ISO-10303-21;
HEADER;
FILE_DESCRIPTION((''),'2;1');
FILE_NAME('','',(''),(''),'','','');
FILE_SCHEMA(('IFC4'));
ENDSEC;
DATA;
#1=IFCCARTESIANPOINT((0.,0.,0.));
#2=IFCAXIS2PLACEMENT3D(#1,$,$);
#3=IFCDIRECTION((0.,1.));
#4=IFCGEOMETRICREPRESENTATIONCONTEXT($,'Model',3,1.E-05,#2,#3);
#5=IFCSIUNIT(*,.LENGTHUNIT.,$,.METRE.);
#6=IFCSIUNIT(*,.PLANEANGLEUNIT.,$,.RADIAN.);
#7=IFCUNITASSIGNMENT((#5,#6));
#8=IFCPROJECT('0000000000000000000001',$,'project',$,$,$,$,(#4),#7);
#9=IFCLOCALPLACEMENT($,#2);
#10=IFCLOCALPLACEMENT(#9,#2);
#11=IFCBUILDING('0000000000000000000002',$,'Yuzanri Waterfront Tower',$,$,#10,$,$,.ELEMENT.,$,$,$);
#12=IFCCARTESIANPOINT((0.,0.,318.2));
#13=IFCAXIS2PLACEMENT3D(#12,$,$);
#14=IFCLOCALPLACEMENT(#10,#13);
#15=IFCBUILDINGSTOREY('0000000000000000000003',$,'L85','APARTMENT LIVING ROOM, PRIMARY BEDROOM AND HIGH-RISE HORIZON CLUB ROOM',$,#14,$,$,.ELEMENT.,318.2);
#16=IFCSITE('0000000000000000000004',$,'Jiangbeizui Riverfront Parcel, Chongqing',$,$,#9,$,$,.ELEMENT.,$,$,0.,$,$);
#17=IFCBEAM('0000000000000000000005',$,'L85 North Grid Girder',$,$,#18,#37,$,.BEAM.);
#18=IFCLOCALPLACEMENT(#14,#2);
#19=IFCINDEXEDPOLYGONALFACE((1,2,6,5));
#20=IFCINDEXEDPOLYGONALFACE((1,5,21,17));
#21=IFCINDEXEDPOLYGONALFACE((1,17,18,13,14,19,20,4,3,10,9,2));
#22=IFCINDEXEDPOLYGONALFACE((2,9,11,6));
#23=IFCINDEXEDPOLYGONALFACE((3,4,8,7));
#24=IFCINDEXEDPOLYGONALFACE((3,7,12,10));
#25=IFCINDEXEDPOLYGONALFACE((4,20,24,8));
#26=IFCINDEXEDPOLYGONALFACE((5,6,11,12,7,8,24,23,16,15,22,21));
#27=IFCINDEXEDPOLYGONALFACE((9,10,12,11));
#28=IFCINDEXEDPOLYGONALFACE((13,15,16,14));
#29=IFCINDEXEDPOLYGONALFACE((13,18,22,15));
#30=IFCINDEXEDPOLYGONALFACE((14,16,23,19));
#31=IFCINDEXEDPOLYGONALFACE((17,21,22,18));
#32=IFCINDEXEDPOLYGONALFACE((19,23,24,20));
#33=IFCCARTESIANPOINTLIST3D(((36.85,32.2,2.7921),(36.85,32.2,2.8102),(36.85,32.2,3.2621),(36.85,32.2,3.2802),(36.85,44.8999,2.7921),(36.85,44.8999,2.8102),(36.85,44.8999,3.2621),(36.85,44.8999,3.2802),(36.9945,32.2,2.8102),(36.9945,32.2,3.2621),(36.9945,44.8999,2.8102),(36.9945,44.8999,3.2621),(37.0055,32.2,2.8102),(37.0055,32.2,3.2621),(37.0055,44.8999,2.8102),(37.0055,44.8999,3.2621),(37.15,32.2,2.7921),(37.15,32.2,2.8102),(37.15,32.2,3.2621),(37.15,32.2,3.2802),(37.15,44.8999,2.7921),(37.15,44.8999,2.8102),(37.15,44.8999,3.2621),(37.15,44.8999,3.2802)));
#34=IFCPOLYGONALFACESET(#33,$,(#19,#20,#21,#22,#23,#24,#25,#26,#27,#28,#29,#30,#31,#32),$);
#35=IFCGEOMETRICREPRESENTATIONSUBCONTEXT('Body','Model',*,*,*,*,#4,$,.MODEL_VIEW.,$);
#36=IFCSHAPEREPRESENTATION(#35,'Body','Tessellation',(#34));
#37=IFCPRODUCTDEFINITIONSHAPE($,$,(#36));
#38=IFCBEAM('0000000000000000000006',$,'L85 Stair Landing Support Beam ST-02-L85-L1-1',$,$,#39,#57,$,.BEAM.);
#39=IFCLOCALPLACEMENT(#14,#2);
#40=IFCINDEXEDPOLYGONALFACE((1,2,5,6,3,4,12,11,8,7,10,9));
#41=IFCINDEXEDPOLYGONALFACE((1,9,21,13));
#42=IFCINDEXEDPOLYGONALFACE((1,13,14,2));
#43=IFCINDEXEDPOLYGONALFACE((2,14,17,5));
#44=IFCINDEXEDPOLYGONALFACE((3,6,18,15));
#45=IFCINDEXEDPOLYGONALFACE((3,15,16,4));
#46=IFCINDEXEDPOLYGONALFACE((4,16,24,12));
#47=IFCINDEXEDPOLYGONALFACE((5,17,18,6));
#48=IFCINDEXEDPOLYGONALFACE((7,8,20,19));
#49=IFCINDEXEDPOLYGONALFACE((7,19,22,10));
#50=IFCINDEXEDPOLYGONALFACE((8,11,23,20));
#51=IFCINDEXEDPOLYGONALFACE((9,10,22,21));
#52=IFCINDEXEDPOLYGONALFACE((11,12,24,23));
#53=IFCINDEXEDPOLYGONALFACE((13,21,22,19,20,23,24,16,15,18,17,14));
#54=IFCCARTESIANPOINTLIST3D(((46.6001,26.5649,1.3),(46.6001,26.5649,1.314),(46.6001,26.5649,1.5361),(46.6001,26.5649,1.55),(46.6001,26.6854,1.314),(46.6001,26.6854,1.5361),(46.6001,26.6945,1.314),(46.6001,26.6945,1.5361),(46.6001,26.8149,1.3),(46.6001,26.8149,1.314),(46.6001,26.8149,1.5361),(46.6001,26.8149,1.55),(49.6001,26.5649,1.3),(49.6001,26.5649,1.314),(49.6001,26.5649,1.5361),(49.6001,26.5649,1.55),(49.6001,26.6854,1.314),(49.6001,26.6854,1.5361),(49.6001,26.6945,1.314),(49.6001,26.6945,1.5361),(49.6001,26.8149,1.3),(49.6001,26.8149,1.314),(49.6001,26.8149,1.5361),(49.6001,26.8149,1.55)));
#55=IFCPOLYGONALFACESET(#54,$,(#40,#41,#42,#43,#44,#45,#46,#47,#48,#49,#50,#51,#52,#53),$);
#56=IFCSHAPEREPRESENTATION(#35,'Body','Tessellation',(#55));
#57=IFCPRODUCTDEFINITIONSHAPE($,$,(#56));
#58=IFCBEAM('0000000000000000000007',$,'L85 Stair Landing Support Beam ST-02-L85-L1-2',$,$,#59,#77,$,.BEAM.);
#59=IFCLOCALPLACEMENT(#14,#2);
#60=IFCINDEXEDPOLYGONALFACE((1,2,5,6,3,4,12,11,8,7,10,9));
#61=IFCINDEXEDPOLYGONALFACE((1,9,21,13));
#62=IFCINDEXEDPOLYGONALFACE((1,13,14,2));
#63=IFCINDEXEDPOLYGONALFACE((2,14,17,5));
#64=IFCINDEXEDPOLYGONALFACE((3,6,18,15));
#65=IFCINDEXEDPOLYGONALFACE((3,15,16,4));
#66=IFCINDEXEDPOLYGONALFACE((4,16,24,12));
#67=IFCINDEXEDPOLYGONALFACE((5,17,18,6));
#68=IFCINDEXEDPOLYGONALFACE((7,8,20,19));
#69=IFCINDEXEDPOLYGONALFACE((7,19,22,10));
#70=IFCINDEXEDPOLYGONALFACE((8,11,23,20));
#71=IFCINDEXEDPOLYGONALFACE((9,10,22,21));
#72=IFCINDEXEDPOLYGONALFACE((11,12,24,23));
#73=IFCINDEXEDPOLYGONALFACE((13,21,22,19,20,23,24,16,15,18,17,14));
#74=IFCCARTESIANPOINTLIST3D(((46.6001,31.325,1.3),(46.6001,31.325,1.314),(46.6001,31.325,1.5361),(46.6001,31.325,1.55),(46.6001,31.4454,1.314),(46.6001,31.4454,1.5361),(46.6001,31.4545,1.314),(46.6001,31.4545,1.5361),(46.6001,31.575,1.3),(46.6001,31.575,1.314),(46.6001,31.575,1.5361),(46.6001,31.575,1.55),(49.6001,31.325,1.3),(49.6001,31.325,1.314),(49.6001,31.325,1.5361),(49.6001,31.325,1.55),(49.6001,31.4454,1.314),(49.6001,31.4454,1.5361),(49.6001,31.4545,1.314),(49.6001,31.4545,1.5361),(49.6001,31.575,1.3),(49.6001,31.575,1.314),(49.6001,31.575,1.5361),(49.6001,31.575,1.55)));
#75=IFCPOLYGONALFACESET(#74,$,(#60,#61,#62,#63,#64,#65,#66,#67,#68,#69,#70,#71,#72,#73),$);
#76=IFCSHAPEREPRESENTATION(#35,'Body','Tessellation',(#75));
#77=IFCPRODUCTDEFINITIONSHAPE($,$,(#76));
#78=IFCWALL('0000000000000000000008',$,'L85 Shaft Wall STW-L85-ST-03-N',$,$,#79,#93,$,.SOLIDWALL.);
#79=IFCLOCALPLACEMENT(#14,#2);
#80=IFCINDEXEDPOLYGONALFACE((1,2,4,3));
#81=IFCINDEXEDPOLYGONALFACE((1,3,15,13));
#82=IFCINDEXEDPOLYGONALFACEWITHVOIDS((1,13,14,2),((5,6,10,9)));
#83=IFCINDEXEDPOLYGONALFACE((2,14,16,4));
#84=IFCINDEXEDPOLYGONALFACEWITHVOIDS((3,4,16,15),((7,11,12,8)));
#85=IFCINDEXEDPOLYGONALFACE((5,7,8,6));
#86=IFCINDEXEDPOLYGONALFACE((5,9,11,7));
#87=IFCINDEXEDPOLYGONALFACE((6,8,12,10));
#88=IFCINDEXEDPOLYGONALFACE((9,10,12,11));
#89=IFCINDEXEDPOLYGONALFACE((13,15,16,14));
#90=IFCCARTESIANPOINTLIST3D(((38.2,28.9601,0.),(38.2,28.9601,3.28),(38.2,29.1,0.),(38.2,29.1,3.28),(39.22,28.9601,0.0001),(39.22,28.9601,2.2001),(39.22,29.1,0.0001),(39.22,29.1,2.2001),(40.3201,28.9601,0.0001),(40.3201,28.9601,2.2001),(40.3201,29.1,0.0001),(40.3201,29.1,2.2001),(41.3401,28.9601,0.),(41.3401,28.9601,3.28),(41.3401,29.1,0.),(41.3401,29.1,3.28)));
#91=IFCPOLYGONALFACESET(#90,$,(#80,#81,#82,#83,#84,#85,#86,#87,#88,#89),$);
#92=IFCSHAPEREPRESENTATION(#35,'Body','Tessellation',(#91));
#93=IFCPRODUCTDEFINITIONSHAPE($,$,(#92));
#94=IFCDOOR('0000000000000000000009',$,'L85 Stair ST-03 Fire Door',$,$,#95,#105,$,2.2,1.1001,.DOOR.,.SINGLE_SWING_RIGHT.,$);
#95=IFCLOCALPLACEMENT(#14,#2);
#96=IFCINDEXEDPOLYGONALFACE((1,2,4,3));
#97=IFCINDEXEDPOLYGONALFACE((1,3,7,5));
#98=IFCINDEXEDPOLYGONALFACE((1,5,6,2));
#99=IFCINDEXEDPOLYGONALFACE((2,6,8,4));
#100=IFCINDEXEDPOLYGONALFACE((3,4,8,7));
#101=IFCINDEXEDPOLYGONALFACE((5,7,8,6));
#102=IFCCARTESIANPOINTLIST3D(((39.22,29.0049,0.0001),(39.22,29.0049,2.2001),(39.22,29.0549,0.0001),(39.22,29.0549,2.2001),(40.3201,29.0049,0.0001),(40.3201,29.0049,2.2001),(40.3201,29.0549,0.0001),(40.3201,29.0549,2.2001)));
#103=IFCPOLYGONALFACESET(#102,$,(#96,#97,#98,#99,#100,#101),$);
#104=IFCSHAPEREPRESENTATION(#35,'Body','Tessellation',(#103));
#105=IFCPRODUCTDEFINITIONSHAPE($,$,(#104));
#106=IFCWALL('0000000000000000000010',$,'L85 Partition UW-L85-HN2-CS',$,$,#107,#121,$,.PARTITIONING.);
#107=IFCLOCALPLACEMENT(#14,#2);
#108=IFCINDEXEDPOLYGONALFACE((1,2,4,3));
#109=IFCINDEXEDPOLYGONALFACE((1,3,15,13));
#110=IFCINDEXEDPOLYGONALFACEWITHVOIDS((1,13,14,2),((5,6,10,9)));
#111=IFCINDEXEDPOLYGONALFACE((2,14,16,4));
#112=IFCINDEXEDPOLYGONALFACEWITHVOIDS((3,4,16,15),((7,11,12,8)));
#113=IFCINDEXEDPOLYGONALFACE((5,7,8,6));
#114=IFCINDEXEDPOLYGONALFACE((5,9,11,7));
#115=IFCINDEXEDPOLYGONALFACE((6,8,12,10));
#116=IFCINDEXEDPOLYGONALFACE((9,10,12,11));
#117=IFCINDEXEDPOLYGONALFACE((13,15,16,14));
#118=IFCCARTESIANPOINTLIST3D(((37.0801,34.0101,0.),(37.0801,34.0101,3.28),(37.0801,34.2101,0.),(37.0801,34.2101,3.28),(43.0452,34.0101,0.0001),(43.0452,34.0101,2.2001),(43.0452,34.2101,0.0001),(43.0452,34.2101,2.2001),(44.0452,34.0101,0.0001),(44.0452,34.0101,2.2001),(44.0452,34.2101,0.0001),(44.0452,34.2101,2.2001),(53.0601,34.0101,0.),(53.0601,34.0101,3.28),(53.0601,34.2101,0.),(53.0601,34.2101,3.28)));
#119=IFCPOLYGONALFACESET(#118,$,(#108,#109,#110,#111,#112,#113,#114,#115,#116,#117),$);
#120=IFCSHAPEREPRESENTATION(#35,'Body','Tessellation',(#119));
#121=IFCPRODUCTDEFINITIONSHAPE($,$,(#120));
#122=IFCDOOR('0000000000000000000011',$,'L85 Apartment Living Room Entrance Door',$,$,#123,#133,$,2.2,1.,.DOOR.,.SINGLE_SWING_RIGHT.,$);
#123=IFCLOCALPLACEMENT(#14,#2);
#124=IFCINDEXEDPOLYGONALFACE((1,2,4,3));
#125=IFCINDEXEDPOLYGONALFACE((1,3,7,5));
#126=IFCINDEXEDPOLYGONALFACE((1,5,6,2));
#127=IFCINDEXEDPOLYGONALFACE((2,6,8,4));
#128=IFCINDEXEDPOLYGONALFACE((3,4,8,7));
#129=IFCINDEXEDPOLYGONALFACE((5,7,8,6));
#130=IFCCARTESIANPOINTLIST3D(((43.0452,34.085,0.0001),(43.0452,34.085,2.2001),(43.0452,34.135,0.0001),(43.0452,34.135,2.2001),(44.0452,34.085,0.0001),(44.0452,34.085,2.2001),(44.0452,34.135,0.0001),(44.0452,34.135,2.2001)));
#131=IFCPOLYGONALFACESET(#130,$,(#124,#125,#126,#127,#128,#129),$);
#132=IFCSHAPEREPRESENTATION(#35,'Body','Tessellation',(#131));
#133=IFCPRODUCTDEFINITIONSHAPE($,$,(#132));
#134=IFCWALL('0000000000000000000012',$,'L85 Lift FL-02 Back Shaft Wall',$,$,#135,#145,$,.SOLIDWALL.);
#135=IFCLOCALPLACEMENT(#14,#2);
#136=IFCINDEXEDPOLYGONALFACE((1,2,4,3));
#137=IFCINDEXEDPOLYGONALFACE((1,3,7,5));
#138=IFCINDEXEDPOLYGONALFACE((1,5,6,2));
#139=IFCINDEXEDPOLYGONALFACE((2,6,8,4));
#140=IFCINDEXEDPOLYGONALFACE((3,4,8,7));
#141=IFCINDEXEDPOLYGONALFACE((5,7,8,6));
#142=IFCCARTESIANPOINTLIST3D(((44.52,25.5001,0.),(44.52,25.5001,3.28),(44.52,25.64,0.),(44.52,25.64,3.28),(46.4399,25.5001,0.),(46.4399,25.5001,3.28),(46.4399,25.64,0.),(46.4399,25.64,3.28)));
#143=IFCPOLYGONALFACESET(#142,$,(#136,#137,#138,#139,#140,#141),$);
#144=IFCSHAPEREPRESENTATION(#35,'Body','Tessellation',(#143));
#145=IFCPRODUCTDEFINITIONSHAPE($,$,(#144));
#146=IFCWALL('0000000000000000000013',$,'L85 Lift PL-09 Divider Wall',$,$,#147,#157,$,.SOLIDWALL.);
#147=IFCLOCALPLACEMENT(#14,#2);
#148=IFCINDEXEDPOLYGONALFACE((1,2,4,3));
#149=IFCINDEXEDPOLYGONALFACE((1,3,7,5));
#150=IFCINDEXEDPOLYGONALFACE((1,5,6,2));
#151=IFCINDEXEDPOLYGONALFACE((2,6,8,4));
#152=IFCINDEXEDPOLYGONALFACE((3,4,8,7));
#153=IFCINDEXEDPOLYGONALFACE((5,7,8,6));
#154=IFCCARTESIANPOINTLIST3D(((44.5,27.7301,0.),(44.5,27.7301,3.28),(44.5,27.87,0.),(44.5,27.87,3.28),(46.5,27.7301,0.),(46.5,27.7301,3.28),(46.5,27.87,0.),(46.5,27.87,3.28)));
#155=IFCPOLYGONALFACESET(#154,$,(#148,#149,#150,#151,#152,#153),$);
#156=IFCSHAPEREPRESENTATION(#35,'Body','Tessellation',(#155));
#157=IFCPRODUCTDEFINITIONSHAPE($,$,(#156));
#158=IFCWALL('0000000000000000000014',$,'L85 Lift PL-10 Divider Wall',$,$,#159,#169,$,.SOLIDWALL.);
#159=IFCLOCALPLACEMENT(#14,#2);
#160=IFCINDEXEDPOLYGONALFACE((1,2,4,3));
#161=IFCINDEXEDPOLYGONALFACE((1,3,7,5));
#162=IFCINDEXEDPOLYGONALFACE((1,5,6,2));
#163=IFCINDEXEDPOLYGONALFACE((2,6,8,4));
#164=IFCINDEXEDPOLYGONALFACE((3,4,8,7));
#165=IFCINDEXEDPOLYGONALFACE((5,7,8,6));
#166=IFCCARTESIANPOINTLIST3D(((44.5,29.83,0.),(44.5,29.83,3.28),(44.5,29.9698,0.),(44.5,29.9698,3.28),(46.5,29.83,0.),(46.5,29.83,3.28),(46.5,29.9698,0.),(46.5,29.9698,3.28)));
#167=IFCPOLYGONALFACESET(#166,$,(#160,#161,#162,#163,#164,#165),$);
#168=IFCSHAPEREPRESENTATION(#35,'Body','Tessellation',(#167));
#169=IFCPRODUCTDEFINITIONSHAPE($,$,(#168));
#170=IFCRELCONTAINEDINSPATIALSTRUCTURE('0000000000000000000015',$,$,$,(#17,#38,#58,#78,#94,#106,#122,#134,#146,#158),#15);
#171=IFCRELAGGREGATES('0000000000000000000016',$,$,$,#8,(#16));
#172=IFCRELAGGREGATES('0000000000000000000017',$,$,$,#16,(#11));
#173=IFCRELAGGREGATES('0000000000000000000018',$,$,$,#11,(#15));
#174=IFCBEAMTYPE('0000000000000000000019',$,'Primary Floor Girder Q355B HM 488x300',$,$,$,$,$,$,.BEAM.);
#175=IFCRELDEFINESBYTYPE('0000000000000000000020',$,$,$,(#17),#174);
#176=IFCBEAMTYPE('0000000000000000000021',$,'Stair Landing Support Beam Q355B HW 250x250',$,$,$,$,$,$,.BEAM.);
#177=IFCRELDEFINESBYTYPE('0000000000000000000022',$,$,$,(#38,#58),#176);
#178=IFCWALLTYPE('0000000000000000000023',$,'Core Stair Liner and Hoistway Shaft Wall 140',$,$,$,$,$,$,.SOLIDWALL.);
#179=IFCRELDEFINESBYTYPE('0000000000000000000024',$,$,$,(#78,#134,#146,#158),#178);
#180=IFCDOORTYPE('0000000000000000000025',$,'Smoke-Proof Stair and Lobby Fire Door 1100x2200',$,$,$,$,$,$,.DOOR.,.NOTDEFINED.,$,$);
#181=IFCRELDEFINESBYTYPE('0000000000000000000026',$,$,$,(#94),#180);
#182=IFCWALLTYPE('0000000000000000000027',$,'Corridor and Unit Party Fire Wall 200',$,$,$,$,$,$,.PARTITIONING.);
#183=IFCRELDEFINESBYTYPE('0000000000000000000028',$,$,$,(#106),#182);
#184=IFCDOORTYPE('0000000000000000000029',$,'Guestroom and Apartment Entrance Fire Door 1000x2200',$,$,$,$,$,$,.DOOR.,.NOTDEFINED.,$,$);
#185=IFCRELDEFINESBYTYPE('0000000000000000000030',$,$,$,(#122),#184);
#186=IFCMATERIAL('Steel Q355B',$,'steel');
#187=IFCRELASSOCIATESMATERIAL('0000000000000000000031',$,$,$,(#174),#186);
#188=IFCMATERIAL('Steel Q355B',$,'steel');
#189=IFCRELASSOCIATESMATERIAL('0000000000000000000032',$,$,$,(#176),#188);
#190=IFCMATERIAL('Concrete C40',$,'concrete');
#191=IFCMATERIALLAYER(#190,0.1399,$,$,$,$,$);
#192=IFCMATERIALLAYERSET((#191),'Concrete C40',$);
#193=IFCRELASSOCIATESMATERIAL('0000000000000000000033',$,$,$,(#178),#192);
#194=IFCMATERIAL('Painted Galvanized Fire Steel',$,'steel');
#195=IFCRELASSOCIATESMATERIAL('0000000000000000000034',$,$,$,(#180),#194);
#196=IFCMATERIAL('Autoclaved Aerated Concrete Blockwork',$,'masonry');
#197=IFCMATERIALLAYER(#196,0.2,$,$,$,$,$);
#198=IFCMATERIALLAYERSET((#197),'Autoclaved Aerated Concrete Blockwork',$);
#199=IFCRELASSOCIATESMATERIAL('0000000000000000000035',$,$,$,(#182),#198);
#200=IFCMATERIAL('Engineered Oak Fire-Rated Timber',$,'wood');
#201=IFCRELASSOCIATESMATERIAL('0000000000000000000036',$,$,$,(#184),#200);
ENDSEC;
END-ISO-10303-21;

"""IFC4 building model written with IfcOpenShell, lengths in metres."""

from ifc_helpers import new_model, si_unit, direction, frame, frame_2d, origin, origin_2d, place, context, subcontext, project, spatial, rectangle, i_section, extrude, source, transform, mapped, material, layer, layer_set, material_profile, profile_set, type_object, element, fill, save


model = new_model("IFC4")

# Units and contexts
model_context = context("Model", 3, precision=1e-05, world=origin(), true_north=direction((0.0, 1.0)))
body_context = subcontext(model_context, "Body", "Model", "MODEL_VIEW")
ifc_project = project(units=[si_unit("LENGTHUNIT", "METRE"), si_unit("PLANEANGLEUNIT", "RADIAN")], contexts=[model_context])

# Site, building, storey
site_placement = place(None, origin())
site = spatial("IfcSite", under=ifc_project, at=site_placement, Name="Jiangbeizui Riverfront Parcel, Chongqing", CompositionType="ELEMENT", RefElevation=0.0)
building_placement = place(site_placement, origin())
building = spatial("IfcBuilding", under=site, at=building_placement, Name="Yuzanri Waterfront Tower", CompositionType="ELEMENT")
storey_placement = place(building_placement, frame((0.0, 0.0, 318.2)))
storey = spatial("IfcBuildingStorey", under=building, at=storey_placement, Name="L85", Description="APARTMENT LIVING ROOM, PRIMARY BEDROOM AND HIGH-RISE HORIZON CLUB ROOM", CompositionType="ELEMENT", Elevation=318.2)

# Beams
ifc_material_1 = material(Name="Steel Q355B", Category="steel")
ifc_material_profile_1 = material_profile(ifc_material_1, i_section(OverallWidth=0.3, OverallDepth=0.488, WebThickness=0.011, FlangeThickness=0.0181, at=origin_2d()), Name="HM 488x300x11x18")
ifc_profile_set_1 = profile_set([ifc_material_profile_1], Name="Steel Q355B")
beam_type_1 = type_object("IfcBeamType", Name="Primary Floor Girder Q355B HM 488x300", PredefinedType="BEAM", material=ifc_profile_set_1)
shared_shape_1 = source(origin(), body_context, "Body", "SweptSolid", [
    extrude(i_section(OverallWidth=0.3, OverallDepth=0.488, WebThickness=0.011, FlangeThickness=0.0181, at=origin_2d()), origin(), (0.0, 0.0, 1.0), 12.7),
])
beam_placement = place(storey_placement, frame((37.0, 32.2, 3.0361), z_axis=(0.0, 1.0, 0.0), x_axis=(-1.0, 0.0, 0.0)))
element("IfcBeam", 1, at=beam_placement, inside=storey, type_object=beam_type_1, Name="L85 North Grid Girder", PredefinedType="BEAM", context=body_context, shape_type="MappedRepresentation", body=[
    mapped(shared_shape_1, transform((0.0, 0.0, 0.0), scale=1.0)),
])
ifc_material_2 = material(Name="Steel Q355B", Category="steel")
ifc_material_profile_2 = material_profile(ifc_material_2, i_section(OverallWidth=0.25, OverallDepth=0.25, WebThickness=0.009, FlangeThickness=0.0139, at=origin_2d()), Name="HW 250x250x9x14")
ifc_profile_set_2 = profile_set([ifc_material_profile_2], Name="Steel Q355B")
beam_type_2 = type_object("IfcBeamType", Name="Stair Landing Support Beam Q355B HW 250x250", PredefinedType="BEAM", material=ifc_profile_set_2)
shared_shape_2 = source(origin(), body_context, "Body", "SweptSolid", [
    extrude(i_section(OverallWidth=0.25, OverallDepth=0.25, WebThickness=0.009, FlangeThickness=0.0139, at=origin_2d()), origin(), (0.0, 0.0, 1.0), 3.0),
])
for number, where, z_axis, x_axis, name in (
    (2, (46.6001, 26.6899, 1.425), (1.0, 0.0, 0.0), (0.0, 1.0, 0.0), "L85 Stair Landing Support Beam ST-02-L85-L1-1"),
    (3, (46.6001, 31.45, 1.425), (1.0, 0.0, 0.0), (0.0, 1.0, 0.0), "L85 Stair Landing Support Beam ST-02-L85-L1-2"),
):
    element("IfcBeam", number, at=place(storey_placement, frame(where, z_axis=z_axis, x_axis=x_axis)), inside=storey, type_object=beam_type_2, Name=name, PredefinedType="BEAM", context=body_context, shape_type="MappedRepresentation", body=[
        mapped(shared_shape_2, transform((0.0, 0.0, 0.0), scale=1.0)),
    ])

# Walls, openings, doors
ifc_material_3 = material(Name="Concrete C40", Category="concrete")
ifc_layer_1 = layer(ifc_material_3, 0.1399)
ifc_layer_set_1 = layer_set([ifc_layer_1], Name="Concrete C40")
wall_type_1 = type_object("IfcWallType", Name="Core Stair Liner and Hoistway Shaft Wall 140", PredefinedType="SOLIDWALL", material=ifc_layer_set_1)
wall_1_placement = place(storey_placement, frame((38.2, 29.03, 0.0), z_axis=(0.0, 0.0, 1.0), x_axis=(1.0, 0.0, 0.0)))
wall_1 = element("IfcWall", 4, at=wall_1_placement, inside=storey, type_object=wall_type_1, Name="L85 Shaft Wall STW-L85-ST-03-N", PredefinedType="SOLIDWALL", context=body_context, shape_type="SweptSolid", body=[
    extrude(rectangle(XDim=3.1401, YDim=0.1399, at=frame_2d((1.5701, 0.0))), origin(), (0.0, 0.0, 1.0), 3.28),
])
opening_1_placement = place(wall_1_placement, frame((1.02, 0.0, 0.0)))
opening_1 = element("IfcOpeningElement", 5, at=opening_1_placement, cuts=wall_1, PredefinedType="OPENING", context=body_context, shape_type="SweptSolid", body=[
    extrude(rectangle(XDim=1.1001, YDim=2.2, at=frame_2d((0.55, 1.1001))), frame((0.0, 0.085, 0.0), z_axis=(0.0, -1.0, 0.0), x_axis=(1.0, 0.0, 0.0)), (0.0, 0.0, 1.0), 0.1697),
])
ifc_material_4 = material(Name="Painted Galvanized Fire Steel", Category="steel")
door_type_1 = type_object("IfcDoorType", Name="Smoke-Proof Stair and Lobby Fire Door 1100x2200", OperationType="NOTDEFINED", PredefinedType="DOOR", material=ifc_material_4)
shared_shape_3 = source(origin(), body_context, "Body", "SweptSolid", [
    extrude(rectangle(XDim=1.1001, YDim=2.2, at=frame_2d((0.55, 1.1001))), frame((0.0, 0.0249, 0.0), z_axis=(0.0, -1.0, 0.0), x_axis=(1.0, 0.0, 0.0)), (0.0, 0.0, 1.0), 0.05),
])
door_1_placement = place(opening_1_placement, origin())
door_1 = element("IfcDoor", 6, at=door_1_placement, inside=storey, type_object=door_type_1, Name="L85 Stair ST-03 Fire Door", OperationType="SINGLE_SWING_RIGHT", OverallHeight=2.2, OverallWidth=1.1001, PredefinedType="DOOR", context=body_context, shape_type="MappedRepresentation", body=[
    mapped(shared_shape_3, transform((0.0, 0.0, 0.0), scale=1.0)),
])
fill(opening_1, door_1)
ifc_material_5 = material(Name="Autoclaved Aerated Concrete Blockwork", Category="masonry")
ifc_layer_2 = layer(ifc_material_5, 0.2)
ifc_layer_set_2 = layer_set([ifc_layer_2], Name="Autoclaved Aerated Concrete Blockwork")
wall_type_2 = type_object("IfcWallType", Name="Corridor and Unit Party Fire Wall 200", PredefinedType="PARTITIONING", material=ifc_layer_set_2)
wall_2_placement = place(storey_placement, frame((37.0801, 34.1101, 0.0), z_axis=(0.0, 0.0, 1.0), x_axis=(1.0, 0.0, 0.0)))
wall_2 = element("IfcWall", 7, at=wall_2_placement, inside=storey, type_object=wall_type_2, Name="L85 Partition UW-L85-HN2-CS", PredefinedType="PARTITIONING", context=body_context, shape_type="SweptSolid", body=[
    extrude(rectangle(XDim=15.98, YDim=0.2, at=frame_2d((7.99, 0.0))), origin(), (0.0, 0.0, 1.0), 3.28),
])
opening_2_placement = place(wall_2_placement, frame((5.9651, 0.0, 0.0)))
opening_2 = element("IfcOpeningElement", 8, at=opening_2_placement, cuts=wall_2, PredefinedType="OPENING", context=body_context, shape_type="SweptSolid", body=[
    extrude(rectangle(XDim=1.0, YDim=2.2, at=frame_2d((0.5, 1.1001))), frame((0.0, 0.1147, 0.0), z_axis=(0.0, -1.0, 0.0), x_axis=(1.0, 0.0, 0.0)), (0.0, 0.0, 1.0), 0.2297),
])
ifc_material_6 = material(Name="Engineered Oak Fire-Rated Timber", Category="wood")
door_type_2 = type_object("IfcDoorType", Name="Guestroom and Apartment Entrance Fire Door 1000x2200", OperationType="NOTDEFINED", PredefinedType="DOOR", material=ifc_material_6)
shared_shape_4 = source(origin(), body_context, "Body", "SweptSolid", [
    extrude(rectangle(XDim=1.0, YDim=2.2, at=frame_2d((0.5, 1.1001))), frame((0.0, 0.0249, 0.0), z_axis=(0.0, -1.0, 0.0), x_axis=(1.0, 0.0, 0.0)), (0.0, 0.0, 1.0), 0.05),
])
door_2_placement = place(opening_2_placement, origin())
door_2 = element("IfcDoor", 9, at=door_2_placement, inside=storey, type_object=door_type_2, Name="L85 Apartment Living Room Entrance Door", OperationType="SINGLE_SWING_RIGHT", OverallHeight=2.2, OverallWidth=1.0, PredefinedType="DOOR", context=body_context, shape_type="MappedRepresentation", body=[
    mapped(shared_shape_4, transform((0.0, 0.0, 0.0), scale=1.0)),
])
fill(opening_2, door_2)

# Walls
shared_shape_5 = source(origin(), body_context, "Body", "SweptSolid", [
    extrude(rectangle(XDim=1.9199, YDim=0.1399, at=frame_2d((0.96, 0.0))), origin(), (0.0, 0.0, 1.0), 3.28),
])
wall_3_placement = place(storey_placement, frame((44.52, 25.5701, 0.0), z_axis=(0.0, 0.0, 1.0), x_axis=(1.0, 0.0, 0.0)))
element("IfcWall", 10, at=wall_3_placement, inside=storey, type_object=wall_type_1, Name="L85 Lift FL-02 Back Shaft Wall", PredefinedType="SOLIDWALL", context=body_context, shape_type="MappedRepresentation", body=[
    mapped(shared_shape_5, transform((0.0, 0.0, 0.0), scale=1.0)),
])
shared_shape_6 = source(origin(), body_context, "Body", "SweptSolid", [
    extrude(rectangle(XDim=2.0, YDim=0.1399, at=frame_2d((1.0, 0.0))), origin(), (0.0, 0.0, 1.0), 3.28),
])
for number, where, z_axis, x_axis, name in (
    (11, (44.5, 27.8, 0.0), (0.0, 0.0, 1.0), (1.0, 0.0, 0.0), "L85 Lift PL-09 Divider Wall"),
    (12, (44.5, 29.8999, 0.0), (0.0, 0.0, 1.0), (1.0, 0.0, 0.0), "L85 Lift PL-10 Divider Wall"),
):
    element("IfcWall", number, at=place(storey_placement, frame(where, z_axis=z_axis, x_axis=x_axis)), inside=storey, type_object=wall_type_1, Name=name, PredefinedType="SOLIDWALL", context=body_context, shape_type="MappedRepresentation", body=[
        mapped(shared_shape_6, transform((0.0, 0.0, 0.0), scale=1.0)),
    ])

save(model, "model.ifc")
